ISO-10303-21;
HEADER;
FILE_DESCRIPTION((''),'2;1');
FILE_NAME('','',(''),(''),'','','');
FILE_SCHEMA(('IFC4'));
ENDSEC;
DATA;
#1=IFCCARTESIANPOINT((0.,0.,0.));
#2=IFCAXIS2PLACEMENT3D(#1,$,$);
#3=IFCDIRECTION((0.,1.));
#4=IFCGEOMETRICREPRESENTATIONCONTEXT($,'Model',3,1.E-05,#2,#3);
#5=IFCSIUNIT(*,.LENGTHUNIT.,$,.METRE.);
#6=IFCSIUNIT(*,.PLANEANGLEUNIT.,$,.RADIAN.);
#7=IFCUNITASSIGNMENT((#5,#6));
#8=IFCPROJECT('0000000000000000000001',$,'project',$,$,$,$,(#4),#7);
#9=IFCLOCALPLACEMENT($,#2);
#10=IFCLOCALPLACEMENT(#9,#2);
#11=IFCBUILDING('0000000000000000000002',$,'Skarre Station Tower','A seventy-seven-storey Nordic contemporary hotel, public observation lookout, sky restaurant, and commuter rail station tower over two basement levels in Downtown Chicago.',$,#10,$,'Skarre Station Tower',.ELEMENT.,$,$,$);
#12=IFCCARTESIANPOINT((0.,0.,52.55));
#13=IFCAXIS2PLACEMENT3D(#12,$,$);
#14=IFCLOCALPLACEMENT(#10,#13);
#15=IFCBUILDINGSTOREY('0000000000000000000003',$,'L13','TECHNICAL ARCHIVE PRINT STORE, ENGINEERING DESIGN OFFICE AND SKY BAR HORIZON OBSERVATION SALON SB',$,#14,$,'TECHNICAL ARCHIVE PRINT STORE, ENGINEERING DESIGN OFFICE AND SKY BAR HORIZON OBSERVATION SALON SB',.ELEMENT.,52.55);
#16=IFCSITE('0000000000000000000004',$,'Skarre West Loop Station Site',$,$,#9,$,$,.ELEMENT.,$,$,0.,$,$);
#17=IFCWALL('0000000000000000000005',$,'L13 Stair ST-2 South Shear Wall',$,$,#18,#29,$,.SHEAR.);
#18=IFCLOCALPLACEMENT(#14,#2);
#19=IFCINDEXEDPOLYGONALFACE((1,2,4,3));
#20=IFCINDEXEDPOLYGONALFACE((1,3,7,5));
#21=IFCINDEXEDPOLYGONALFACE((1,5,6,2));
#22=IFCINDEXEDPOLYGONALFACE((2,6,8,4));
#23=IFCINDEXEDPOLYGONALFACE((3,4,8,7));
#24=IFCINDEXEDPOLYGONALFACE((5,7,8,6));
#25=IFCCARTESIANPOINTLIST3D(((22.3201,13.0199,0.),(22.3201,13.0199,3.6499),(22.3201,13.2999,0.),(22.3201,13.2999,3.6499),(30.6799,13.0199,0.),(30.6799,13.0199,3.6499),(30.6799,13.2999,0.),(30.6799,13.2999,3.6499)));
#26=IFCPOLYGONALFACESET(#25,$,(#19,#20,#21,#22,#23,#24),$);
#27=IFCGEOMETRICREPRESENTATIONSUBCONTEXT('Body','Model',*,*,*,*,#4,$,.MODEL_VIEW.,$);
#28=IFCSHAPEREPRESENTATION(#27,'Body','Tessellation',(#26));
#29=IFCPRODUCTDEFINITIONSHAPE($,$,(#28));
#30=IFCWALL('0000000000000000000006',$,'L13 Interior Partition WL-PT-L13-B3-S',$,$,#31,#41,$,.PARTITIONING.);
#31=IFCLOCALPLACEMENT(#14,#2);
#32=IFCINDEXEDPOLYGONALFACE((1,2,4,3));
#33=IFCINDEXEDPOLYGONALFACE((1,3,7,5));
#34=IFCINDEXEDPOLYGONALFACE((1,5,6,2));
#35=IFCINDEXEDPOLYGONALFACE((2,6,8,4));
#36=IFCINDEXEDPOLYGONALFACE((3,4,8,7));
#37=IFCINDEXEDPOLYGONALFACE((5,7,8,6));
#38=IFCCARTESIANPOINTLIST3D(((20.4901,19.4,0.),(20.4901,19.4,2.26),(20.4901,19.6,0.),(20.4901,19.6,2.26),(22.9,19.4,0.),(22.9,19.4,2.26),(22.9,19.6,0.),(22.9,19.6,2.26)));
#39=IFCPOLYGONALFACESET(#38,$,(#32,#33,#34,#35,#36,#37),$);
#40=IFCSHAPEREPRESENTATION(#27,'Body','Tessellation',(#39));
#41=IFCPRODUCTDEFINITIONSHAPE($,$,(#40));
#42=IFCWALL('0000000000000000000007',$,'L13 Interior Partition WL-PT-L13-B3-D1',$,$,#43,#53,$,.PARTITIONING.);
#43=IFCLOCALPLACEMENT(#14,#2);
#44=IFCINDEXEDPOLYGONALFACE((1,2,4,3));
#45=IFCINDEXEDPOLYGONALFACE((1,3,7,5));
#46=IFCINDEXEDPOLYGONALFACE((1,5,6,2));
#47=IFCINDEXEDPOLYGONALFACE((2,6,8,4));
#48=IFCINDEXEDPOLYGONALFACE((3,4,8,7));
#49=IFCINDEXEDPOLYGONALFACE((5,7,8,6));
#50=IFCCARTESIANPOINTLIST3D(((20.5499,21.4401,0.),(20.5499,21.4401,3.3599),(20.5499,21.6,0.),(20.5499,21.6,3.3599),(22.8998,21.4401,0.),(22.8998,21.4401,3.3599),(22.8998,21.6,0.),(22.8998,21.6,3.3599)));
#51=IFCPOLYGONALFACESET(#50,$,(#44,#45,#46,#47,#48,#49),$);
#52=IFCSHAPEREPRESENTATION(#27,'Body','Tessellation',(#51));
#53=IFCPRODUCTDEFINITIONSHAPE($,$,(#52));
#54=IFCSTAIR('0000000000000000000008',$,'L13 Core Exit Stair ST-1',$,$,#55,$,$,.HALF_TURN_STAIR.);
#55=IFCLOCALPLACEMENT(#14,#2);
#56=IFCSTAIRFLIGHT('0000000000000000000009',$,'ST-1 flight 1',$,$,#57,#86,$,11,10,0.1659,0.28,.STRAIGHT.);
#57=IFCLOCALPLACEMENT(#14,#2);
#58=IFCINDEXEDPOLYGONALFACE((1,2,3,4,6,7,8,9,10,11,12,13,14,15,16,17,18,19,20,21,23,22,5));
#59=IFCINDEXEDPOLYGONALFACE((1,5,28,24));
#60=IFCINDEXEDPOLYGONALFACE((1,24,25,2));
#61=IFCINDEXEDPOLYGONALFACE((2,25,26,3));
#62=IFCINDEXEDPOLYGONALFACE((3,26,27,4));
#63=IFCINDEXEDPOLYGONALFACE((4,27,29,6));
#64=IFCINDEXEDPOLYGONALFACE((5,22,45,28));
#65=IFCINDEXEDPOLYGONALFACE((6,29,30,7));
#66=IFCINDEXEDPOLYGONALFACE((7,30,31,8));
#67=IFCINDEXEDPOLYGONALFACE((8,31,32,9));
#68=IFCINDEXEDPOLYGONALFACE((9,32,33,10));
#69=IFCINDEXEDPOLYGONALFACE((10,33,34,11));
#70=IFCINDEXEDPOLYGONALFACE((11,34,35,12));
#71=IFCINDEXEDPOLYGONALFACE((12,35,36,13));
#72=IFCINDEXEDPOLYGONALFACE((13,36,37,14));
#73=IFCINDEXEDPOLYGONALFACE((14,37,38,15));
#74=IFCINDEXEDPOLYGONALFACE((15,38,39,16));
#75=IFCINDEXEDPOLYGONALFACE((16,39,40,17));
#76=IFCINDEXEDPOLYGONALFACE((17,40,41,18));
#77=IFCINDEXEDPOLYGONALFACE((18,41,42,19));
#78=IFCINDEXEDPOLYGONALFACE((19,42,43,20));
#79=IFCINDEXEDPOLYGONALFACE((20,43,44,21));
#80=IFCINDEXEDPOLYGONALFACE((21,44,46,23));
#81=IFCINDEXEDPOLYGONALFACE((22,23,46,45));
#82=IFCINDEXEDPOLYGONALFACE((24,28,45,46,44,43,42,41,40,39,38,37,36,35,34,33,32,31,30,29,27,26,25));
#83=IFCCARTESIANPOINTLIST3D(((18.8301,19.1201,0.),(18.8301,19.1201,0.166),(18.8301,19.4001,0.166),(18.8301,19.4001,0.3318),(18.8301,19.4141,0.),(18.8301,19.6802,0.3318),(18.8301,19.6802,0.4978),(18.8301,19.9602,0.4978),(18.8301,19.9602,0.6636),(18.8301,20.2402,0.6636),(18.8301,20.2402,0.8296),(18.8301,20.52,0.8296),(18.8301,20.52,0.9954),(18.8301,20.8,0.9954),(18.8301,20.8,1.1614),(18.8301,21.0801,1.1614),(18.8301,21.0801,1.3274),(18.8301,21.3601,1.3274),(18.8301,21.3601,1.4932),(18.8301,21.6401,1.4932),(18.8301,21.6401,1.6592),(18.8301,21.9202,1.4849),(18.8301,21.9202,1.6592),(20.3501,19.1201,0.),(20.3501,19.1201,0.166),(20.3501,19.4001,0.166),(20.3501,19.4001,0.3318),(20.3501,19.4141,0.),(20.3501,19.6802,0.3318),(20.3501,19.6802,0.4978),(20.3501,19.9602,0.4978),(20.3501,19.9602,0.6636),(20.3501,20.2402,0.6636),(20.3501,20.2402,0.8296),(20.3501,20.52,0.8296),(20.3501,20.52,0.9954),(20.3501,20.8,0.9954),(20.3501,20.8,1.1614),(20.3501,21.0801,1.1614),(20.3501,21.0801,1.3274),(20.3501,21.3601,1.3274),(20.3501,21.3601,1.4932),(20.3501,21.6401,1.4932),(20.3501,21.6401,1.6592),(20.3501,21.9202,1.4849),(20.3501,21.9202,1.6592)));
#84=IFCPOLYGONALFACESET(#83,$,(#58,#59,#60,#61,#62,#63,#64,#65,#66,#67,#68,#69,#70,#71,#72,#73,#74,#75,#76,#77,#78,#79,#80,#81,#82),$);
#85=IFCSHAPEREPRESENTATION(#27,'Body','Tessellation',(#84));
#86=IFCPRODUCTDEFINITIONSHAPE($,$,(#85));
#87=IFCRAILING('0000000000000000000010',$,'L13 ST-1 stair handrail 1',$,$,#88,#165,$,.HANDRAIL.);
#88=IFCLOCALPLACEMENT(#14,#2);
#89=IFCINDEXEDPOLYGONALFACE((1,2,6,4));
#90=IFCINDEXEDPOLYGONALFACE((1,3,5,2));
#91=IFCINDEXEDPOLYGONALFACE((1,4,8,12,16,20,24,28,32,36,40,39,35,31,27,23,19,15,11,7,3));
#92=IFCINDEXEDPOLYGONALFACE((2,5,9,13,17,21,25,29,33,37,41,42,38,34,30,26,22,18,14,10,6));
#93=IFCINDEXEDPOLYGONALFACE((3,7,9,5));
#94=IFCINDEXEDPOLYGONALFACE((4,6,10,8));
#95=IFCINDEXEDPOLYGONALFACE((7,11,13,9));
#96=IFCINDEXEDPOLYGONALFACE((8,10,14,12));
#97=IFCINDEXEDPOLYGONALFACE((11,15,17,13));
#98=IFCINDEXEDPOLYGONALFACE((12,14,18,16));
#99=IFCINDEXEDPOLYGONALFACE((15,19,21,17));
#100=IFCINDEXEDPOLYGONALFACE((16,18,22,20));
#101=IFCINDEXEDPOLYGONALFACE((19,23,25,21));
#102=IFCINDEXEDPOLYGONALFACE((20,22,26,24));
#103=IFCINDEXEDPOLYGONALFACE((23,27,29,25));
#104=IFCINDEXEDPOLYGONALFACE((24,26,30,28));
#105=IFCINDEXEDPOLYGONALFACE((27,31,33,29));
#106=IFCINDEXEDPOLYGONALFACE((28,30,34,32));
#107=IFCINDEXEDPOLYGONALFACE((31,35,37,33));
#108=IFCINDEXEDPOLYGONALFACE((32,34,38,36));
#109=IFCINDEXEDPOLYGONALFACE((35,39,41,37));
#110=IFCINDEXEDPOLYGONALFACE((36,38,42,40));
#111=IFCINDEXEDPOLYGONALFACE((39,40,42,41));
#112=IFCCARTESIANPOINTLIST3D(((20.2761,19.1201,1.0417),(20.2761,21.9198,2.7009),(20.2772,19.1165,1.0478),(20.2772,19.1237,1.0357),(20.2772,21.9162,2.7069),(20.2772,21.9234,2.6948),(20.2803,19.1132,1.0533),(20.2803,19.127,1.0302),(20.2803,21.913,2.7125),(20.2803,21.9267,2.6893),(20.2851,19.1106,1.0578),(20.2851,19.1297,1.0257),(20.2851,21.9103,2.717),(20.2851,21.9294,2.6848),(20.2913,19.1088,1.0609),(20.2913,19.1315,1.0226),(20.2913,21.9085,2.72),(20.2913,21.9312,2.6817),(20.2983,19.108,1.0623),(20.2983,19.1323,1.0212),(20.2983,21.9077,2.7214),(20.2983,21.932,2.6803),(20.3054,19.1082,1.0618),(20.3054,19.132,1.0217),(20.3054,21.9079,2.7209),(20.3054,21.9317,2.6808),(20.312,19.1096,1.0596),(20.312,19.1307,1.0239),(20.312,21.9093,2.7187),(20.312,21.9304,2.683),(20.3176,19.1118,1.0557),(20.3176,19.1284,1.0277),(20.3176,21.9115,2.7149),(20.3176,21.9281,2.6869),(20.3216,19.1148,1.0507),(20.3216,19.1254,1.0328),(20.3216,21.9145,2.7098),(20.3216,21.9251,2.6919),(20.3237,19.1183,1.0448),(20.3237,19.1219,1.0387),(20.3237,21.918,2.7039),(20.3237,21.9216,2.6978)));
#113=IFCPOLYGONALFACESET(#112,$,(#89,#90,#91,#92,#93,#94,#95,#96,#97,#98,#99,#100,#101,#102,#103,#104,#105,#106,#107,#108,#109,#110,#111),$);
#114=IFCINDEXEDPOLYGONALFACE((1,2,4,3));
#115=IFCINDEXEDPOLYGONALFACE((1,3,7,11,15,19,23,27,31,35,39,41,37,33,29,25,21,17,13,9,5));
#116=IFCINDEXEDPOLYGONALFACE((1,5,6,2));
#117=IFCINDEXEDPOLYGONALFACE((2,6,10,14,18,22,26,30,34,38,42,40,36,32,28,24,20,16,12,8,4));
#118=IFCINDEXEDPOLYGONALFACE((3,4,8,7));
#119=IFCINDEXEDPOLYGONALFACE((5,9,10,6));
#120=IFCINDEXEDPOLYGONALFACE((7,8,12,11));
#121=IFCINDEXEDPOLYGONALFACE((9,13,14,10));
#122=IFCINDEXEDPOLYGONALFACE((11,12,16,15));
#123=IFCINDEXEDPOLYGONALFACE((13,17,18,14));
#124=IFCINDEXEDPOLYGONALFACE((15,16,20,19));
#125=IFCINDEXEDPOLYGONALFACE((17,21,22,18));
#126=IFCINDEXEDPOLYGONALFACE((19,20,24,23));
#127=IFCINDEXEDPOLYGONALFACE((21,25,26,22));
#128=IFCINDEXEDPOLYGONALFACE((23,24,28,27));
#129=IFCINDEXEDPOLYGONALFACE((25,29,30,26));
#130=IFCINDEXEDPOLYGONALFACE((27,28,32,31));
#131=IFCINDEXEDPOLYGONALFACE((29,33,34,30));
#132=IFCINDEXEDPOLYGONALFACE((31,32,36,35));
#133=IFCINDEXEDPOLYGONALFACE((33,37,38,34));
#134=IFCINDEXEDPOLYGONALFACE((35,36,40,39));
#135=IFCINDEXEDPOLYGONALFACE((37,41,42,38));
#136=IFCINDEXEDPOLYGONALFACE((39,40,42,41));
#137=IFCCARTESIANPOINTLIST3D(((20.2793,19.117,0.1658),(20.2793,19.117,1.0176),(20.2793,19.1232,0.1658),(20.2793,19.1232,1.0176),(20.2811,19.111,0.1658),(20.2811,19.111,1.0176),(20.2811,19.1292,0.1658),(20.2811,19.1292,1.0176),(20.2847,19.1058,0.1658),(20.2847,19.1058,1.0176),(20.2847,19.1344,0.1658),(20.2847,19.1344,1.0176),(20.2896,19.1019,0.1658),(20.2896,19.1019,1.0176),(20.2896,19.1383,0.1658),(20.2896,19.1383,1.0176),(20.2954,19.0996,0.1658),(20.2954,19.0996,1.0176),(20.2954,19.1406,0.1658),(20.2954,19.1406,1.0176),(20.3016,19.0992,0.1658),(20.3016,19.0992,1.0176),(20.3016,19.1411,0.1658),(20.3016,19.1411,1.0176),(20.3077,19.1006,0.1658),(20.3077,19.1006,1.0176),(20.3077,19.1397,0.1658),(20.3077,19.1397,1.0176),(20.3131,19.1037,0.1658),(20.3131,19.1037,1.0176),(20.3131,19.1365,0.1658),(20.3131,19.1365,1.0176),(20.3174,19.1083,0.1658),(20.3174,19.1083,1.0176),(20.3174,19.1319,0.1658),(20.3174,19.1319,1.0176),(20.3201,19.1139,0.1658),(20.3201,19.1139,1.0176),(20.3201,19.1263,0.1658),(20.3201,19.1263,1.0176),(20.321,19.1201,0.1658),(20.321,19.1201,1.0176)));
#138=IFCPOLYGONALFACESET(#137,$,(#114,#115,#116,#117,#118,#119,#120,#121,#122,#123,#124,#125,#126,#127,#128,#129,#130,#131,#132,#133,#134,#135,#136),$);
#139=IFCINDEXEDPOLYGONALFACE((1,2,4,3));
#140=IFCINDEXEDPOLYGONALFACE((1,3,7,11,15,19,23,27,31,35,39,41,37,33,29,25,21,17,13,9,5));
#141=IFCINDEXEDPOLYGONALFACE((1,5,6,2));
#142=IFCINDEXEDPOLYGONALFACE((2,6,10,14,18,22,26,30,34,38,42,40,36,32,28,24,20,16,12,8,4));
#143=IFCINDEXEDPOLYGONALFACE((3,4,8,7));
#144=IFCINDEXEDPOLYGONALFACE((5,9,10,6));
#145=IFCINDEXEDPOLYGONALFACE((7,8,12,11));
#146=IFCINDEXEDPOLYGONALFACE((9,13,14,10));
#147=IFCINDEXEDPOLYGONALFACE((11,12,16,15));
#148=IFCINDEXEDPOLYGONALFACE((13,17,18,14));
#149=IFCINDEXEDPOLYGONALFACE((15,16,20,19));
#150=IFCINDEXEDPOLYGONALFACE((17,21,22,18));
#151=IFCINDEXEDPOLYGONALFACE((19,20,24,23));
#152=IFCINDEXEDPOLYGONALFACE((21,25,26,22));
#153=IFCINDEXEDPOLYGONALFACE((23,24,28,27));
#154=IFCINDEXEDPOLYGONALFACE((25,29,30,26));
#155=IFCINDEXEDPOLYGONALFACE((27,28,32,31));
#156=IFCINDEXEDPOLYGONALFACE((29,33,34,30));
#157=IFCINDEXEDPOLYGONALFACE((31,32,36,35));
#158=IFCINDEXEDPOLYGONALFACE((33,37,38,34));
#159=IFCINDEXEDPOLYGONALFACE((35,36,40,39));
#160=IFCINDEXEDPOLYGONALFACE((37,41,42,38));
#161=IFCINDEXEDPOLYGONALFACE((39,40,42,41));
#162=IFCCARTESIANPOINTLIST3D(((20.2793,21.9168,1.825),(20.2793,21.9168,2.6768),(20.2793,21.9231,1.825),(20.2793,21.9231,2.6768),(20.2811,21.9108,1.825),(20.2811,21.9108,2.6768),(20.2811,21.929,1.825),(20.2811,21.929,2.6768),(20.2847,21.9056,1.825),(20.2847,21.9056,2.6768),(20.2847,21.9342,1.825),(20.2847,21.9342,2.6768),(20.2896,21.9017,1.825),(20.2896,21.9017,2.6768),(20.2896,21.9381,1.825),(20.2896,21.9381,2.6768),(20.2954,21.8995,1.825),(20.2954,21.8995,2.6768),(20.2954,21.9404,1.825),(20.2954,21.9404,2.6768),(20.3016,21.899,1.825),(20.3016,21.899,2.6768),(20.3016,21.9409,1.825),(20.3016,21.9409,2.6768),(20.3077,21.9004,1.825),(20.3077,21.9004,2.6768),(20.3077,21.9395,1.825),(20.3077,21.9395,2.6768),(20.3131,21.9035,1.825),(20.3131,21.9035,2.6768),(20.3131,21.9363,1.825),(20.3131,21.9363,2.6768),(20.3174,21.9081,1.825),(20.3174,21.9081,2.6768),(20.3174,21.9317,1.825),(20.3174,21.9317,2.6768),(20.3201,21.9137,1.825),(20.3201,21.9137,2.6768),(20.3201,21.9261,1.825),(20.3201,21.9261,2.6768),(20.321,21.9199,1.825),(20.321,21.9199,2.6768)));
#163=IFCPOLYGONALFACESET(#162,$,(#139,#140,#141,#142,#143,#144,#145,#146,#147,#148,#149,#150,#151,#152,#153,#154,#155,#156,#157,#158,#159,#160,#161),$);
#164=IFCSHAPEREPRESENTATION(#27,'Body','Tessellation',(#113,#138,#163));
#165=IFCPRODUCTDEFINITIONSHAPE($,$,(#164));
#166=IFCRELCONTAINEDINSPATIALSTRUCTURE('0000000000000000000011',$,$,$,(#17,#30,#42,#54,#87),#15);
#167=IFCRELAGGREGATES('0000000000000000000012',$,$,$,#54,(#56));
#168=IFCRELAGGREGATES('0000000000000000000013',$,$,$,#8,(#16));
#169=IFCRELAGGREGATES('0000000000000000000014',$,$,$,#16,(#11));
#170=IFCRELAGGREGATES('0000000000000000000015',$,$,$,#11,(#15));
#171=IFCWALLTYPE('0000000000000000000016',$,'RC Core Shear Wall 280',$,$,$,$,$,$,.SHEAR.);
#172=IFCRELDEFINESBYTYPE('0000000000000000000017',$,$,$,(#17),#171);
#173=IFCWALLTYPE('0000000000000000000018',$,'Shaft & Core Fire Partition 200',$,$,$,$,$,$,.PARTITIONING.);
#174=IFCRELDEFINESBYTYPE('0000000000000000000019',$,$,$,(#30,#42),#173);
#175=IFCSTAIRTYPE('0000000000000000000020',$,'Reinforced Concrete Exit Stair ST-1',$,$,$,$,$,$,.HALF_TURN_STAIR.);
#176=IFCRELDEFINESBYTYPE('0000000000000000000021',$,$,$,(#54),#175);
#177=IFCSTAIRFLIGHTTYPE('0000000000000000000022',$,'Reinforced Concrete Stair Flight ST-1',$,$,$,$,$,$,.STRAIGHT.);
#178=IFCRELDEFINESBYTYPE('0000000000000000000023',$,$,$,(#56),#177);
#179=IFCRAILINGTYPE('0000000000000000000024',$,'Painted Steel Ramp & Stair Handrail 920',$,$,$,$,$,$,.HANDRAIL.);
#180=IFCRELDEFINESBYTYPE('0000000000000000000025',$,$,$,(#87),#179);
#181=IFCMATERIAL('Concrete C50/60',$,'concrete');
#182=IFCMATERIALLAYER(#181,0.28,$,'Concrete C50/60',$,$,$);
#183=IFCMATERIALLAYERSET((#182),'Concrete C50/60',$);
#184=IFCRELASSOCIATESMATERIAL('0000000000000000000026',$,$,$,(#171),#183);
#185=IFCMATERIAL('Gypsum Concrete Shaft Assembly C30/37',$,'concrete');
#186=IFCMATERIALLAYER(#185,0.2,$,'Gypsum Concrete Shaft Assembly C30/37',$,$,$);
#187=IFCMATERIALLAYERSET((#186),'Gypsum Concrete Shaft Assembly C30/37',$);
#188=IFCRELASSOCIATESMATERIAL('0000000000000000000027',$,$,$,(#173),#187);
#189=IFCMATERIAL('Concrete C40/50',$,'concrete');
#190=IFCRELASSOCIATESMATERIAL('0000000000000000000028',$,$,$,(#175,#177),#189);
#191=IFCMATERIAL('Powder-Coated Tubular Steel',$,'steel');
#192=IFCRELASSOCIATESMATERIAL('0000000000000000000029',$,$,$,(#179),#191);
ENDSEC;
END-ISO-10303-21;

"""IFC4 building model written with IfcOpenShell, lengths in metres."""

from ifc_helpers import new_model, si_unit, direction, frame, frame_2d, origin, origin_2d, place, context, subcontext, project, spatial, polyline, rectangle, circle, outline, extrude, material, layer, layer_set, type_object, element, aggregate, save


model = new_model("IFC4")

# Units and contexts
model_context = context("Model", 3, precision=1e-05, world=origin(), true_north=direction((0.0, 1.0)))
body_context = subcontext(model_context, "Body", "Model", "MODEL_VIEW")
ifc_project = project(units=[si_unit("LENGTHUNIT", "METRE"), si_unit("PLANEANGLEUNIT", "RADIAN")], contexts=[model_context])

# Site, building, storey
site_placement = place(None, origin())
site = spatial("IfcSite", under=ifc_project, at=site_placement, Name="Skarre West Loop Station Site", CompositionType="ELEMENT", RefElevation=0.0)
building_placement = place(site_placement, origin())
building = spatial("IfcBuilding", under=site, at=building_placement, Name="Skarre Station Tower", Description="A seventy-seven-storey Nordic contemporary hotel, public observation lookout, sky restaurant, and commuter rail station tower over two basement levels in Downtown Chicago.", LongName="Skarre Station Tower", CompositionType="ELEMENT")
storey_placement = place(building_placement, frame((0.0, 0.0, 52.55)))
storey = spatial("IfcBuildingStorey", under=building, at=storey_placement, Name="L13", Description="TECHNICAL ARCHIVE PRINT STORE, ENGINEERING DESIGN OFFICE AND SKY BAR HORIZON OBSERVATION SALON SB", LongName="TECHNICAL ARCHIVE PRINT STORE, ENGINEERING DESIGN OFFICE AND SKY BAR HORIZON OBSERVATION SALON SB", CompositionType="ELEMENT", Elevation=52.55)

# Shared definitions
ifc_material_1 = material(Name="Concrete C50/60", Category="concrete")
ifc_layer_1 = layer(ifc_material_1, 0.28, Name="Concrete C50/60")
ifc_layer_set_1 = layer_set([ifc_layer_1], Name="Concrete C50/60")
wall_type_1 = type_object("IfcWallType", Name="RC Core Shear Wall 280", PredefinedType="SHEAR", material=ifc_layer_set_1)

# Walls
wall_1_placement = place(storey_placement, frame((22.3201, 13.1599, 0.0), z_axis=(0.0, 0.0, 1.0), x_axis=(1.0, 0.0, 0.0)))
element("IfcWall", 1, at=wall_1_placement, inside=storey, type_object=wall_type_1, Name="L13 Stair ST-2 South Shear Wall", PredefinedType="SHEAR", context=body_context, shape_type="SweptSolid", body=[
    extrude(rectangle(XDim=8.3599, YDim=0.28, at=frame_2d((4.1799, 0.0))), origin(), (0.0, 0.0, 1.0), 3.6499),
])
ifc_material_2 = material(Name="Gypsum Concrete Shaft Assembly C30/37", Category="concrete")
ifc_layer_2 = layer(ifc_material_2, 0.2, Name="Gypsum Concrete Shaft Assembly C30/37")
ifc_layer_set_2 = layer_set([ifc_layer_2], Name="Gypsum Concrete Shaft Assembly C30/37")
wall_type_2 = type_object("IfcWallType", Name="Shaft & Core Fire Partition 200", PredefinedType="PARTITIONING", material=ifc_layer_set_2)
wall_2_placement = place(storey_placement, frame((20.49, 19.5, 0.0), z_axis=(0.0, 0.0, 1.0), x_axis=(1.0, 0.0, 0.0)))
element("IfcWall", 2, at=wall_2_placement, inside=storey, type_object=wall_type_2, Name="L13 Interior Partition WL-PT-L13-B3-S", PredefinedType="PARTITIONING", context=body_context, shape_type="SweptSolid", body=[
    extrude(rectangle(XDim=2.4099, YDim=0.2, at=frame_2d((1.2051, 0.0))), origin(), (0.0, 0.0, 1.0), 2.26),
])
wall_3_placement = place(storey_placement, frame((20.55, 21.52, 0.0), z_axis=(0.0, 0.0, 1.0), x_axis=(1.0, 0.0, 0.0)))
element("IfcWall", 3, at=wall_3_placement, inside=storey, type_object=wall_type_2, Name="L13 Interior Partition WL-PT-L13-B3-D1", PredefinedType="PARTITIONING", context=body_context, shape_type="SweptSolid", body=[
    extrude(rectangle(XDim=2.3499, YDim=0.1599, at=frame_2d((1.1748, 0.0))), origin(), (0.0, 0.0, 1.0), 3.3599),
])

# Stair, stair flight
ifc_material_3 = material(Name="Concrete C40/50", Category="concrete")
stair_type = type_object("IfcStairType", Name="Reinforced Concrete Exit Stair ST-1", PredefinedType="HALF_TURN_STAIR", material=ifc_material_3)
stair_placement = place(storey_placement, origin())
stair = element("IfcStair", 4, at=stair_placement, inside=storey, type_object=stair_type, Name="L13 Core Exit Stair ST-1", PredefinedType="HALF_TURN_STAIR")
stair_flight_type = type_object("IfcStairFlightType", Name="Reinforced Concrete Stair Flight ST-1", PredefinedType="STRAIGHT", material=ifc_material_3)
stair_flight_placement = place(storey_placement, frame((19.5901, 19.1201, 0.0), z_axis=(0.0, 0.0, 1.0), x_axis=(0.0, 1.0, 0.0)))
stair_flight = element("IfcStairFlight", 5, at=stair_flight_placement, type_object=stair_flight_type, Name="ST-1 flight 1", NumberOfRisers=11, NumberOfTreads=10, PredefinedType="STRAIGHT", RiserHeight=0.1659, TreadLength=0.28, context=body_context, shape_type="SweptSolid", body=[
    extrude(outline(polyline([(0.0, 0.0), (0.0, 0.166), (0.28, 0.166), (0.28, 0.3318), (0.5601, 0.3318), (0.5601, 0.4978), (0.8401, 0.4978), (0.8401, 0.6636), (1.1201, 0.6636), (1.1201, 0.8296), (1.3999, 0.8296), (1.3999, 0.9954), (1.6799, 0.9954), (1.6799, 1.1614), (1.96, 1.1614), (1.96, 1.3274), (2.24, 1.3274), (2.24, 1.4932), (2.52, 1.4932), (2.52, 1.6592), (2.8, 1.6592), (2.8, 1.825), (2.8, 1.4849), (0.2939, 0.0), (0.0, 0.0)])), frame((0.0, 0.76, 0.0), z_axis=(0.0, -1.0, 0.0), x_axis=(1.0, 0.0, 0.0)), (0.0, 0.0, 1.0), 1.52),
])
aggregate(stair, [stair_flight])

# Railing
ifc_material_4 = material(Name="Powder-Coated Tubular Steel", Category="steel")
railing_type_1 = type_object("IfcRailingType", Name="Painted Steel Ramp & Stair Handrail 920", PredefinedType="HANDRAIL", material=ifc_material_4)
railing_1_placement = place(storey_placement, frame((20.3, 19.1201, 0.1658)))
element("IfcRailing", 6, at=railing_1_placement, inside=storey, type_object=railing_type_1, Name="L13 ST-1 stair handrail 1", PredefinedType="HANDRAIL", context=body_context, shape_type="SweptSolid", body=[
    extrude(circle(Radius=0.0239, at=origin_2d()), frame((0.0, 0.0, 0.876), z_axis=(0.0, 0.860287, 0.509811), x_axis=(-1.0, 0.0, 0.0)), (0.0, 0.0, 1.0), 3.2544),
    extrude(circle(Radius=0.021, at=origin_2d()), origin(), (0.0, 0.0, 1.0), 0.8518),
    extrude(circle(Radius=0.021, at=origin_2d()), frame((0.0, 2.7998, 1.6592)), (0.0, 0.0, 1.0), 0.8518),
])

save(model, "model.ifc")
